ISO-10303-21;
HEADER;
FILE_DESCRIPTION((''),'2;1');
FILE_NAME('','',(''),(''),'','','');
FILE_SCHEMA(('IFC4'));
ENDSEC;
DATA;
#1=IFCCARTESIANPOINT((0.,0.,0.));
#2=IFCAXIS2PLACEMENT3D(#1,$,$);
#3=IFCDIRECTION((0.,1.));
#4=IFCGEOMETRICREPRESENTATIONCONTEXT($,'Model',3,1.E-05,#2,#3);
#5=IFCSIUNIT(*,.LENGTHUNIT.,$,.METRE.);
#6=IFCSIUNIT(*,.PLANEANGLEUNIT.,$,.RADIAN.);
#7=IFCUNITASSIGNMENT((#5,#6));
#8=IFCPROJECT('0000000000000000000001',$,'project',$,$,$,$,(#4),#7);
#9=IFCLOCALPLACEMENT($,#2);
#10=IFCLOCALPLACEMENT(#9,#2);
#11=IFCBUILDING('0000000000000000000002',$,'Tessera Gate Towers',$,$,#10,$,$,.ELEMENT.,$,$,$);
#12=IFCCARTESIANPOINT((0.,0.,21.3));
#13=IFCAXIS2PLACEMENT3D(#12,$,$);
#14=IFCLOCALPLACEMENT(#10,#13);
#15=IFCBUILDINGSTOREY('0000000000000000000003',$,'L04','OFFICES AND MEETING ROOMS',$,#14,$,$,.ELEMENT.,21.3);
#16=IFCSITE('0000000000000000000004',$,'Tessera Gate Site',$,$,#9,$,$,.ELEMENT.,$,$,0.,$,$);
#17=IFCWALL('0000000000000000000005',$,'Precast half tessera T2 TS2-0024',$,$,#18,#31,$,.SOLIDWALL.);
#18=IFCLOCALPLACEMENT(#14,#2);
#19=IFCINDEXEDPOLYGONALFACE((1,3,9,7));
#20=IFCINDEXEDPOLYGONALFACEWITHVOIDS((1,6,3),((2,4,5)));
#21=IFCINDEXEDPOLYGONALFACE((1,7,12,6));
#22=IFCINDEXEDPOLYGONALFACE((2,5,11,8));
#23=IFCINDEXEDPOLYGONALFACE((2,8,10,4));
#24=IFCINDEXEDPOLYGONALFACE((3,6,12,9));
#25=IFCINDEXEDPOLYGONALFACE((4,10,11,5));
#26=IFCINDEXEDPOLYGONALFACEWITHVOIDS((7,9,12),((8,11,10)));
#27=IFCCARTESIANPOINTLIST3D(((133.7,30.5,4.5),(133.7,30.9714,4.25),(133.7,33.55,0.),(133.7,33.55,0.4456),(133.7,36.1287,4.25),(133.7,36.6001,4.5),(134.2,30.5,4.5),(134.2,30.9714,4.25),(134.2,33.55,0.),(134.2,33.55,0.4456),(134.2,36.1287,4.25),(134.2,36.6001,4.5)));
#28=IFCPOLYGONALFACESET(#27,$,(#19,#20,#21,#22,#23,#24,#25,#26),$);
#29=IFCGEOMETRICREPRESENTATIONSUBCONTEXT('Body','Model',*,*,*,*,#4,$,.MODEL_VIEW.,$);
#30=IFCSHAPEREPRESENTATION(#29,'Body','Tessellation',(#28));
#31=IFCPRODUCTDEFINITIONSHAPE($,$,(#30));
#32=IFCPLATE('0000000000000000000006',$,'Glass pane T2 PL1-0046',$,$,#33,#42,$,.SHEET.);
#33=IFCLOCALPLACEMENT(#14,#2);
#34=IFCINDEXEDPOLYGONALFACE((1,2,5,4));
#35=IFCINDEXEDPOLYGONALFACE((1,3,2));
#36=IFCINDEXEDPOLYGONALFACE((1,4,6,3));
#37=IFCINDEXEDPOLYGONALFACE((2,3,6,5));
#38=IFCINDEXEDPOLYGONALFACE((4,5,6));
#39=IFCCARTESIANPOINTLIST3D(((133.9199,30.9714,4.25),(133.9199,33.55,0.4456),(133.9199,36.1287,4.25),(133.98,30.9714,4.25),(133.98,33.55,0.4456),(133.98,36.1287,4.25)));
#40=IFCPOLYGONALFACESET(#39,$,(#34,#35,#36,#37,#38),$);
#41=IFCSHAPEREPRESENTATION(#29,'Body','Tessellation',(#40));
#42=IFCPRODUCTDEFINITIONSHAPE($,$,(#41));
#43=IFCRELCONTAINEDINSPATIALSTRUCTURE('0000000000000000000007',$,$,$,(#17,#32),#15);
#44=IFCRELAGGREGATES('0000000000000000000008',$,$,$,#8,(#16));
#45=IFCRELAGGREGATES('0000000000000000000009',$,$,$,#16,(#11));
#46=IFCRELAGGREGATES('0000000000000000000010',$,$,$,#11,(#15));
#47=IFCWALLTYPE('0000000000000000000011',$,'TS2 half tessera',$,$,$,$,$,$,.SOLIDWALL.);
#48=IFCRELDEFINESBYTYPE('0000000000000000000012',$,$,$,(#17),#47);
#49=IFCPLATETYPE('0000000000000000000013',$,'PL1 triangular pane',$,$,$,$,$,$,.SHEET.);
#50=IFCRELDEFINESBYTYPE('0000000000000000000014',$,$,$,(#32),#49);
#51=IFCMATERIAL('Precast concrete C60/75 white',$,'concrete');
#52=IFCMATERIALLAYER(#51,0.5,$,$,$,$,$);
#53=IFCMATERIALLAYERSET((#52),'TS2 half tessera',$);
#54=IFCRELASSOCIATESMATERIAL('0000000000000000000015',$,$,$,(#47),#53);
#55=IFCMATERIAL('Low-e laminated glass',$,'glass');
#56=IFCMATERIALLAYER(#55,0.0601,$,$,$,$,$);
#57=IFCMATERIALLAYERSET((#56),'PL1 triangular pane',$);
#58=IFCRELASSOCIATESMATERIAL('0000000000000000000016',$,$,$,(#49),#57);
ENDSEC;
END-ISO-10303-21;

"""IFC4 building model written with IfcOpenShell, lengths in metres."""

from ifc_helpers import new_model, si_unit, direction, frame, origin, place, context, subcontext, project, spatial, polyline, outline, extrude, source, transform, mapped, material, layer, layer_set, type_object, element, fill, save


model = new_model("IFC4")

# Units and contexts
model_context = context("Model", 3, precision=1e-05, world=origin(), true_north=direction((0.0, 1.0)))
body_context = subcontext(model_context, "Body", "Model", "MODEL_VIEW")
ifc_project = project(units=[si_unit("LENGTHUNIT", "METRE"), si_unit("PLANEANGLEUNIT", "RADIAN")], contexts=[model_context])

# Site, building, storey
site_placement = place(None, origin())
site = spatial("IfcSite", under=ifc_project, at=site_placement, Name="Tessera Gate Site", CompositionType="ELEMENT", RefElevation=0.0)
building_placement = place(site_placement, origin())
building = spatial("IfcBuilding", under=site, at=building_placement, Name="Tessera Gate Towers", CompositionType="ELEMENT")
storey_placement = place(building_placement, frame((0.0, 0.0, 21.3)))
storey = spatial("IfcBuildingStorey", under=building, at=storey_placement, Name="L04", Description="OFFICES AND MEETING ROOMS", CompositionType="ELEMENT", Elevation=21.3)

# Wall, opening, plate
ifc_material_1 = material(Name="Precast concrete C60/75 white", Category="concrete")
ifc_layer_1 = layer(ifc_material_1, 0.5)
ifc_layer_set_1 = layer_set([ifc_layer_1], Name="TS2 half tessera")
wall_type_1 = type_object("IfcWallType", Name="TS2 half tessera", PredefinedType="SOLIDWALL", material=ifc_layer_set_1)
shared_shape_1 = source(origin(), body_context, "Body", "SweptSolid", [
    extrude(outline(polyline([(3.05, 0.0), (6.1001, 4.5), (0.0, 4.5), (3.05, 0.0)])), frame((0.0, 0.25, 0.0), z_axis=(0.0, -1.0, 0.0), x_axis=(1.0, 0.0, 0.0)), (0.0, 0.0, 1.0), 0.5),
])
wall_1_placement = place(storey_placement, frame((133.95, 30.5, 0.0), z_axis=(0.0, 0.0, 1.0), x_axis=(0.0, 1.0, 0.0)))
wall_1 = element("IfcWall", 1, at=wall_1_placement, inside=storey, type_object=wall_type_1, Name="Precast half tessera T2 TS2-0024", PredefinedType="SOLIDWALL", context=body_context, shape_type="MappedRepresentation", body=[
    mapped(shared_shape_1, transform((0.0, 0.0, 0.0), scale=1.0)),
])
shared_shape_2 = source(origin(), body_context, "Body", "SweptSolid", [
    extrude(outline(polyline([(3.05, 0.4456), (5.6287, 4.25), (0.4714, 4.25), (3.05, 0.4456)])), frame((0.0, 0.26, 0.0), z_axis=(0.0, -1.0, 0.0), x_axis=(1.0, 0.0, 0.0)), (0.0, 0.0, 1.0), 0.52),
])
opening_1_placement = place(wall_1_placement, origin())
opening_1 = element("IfcOpeningElement", 2, at=opening_1_placement, cuts=wall_1, PredefinedType="OPENING", context=body_context, shape_type="MappedRepresentation", body=[
    mapped(shared_shape_2, transform((0.0, 0.0, 0.0), scale=1.0)),
])
ifc_material_2 = material(Name="Low-e laminated glass", Category="glass")
ifc_layer_2 = layer(ifc_material_2, 0.0601)
ifc_layer_set_2 = layer_set([ifc_layer_2], Name="PL1 triangular pane")
plate_type_1 = type_object("IfcPlateType", Name="PL1 triangular pane", PredefinedType="SHEET", material=ifc_layer_set_2)
shared_shape_3 = source(origin(), body_context, "Body", "SweptSolid", [
    extrude(outline(polyline([(3.05, 0.4456), (5.6287, 4.25), (0.4714, 4.25), (3.05, 0.4456)])), frame((0.0, 0.03, 0.0), z_axis=(0.0, -1.0, 0.0), x_axis=(1.0, 0.0, 0.0)), (0.0, 0.0, 1.0), 0.0601),
])
plate_1_placement = place(opening_1_placement, origin())
plate_1 = element("IfcPlate", 3, at=plate_1_placement, inside=storey, type_object=plate_type_1, Name="Glass pane T2 PL1-0046", PredefinedType="SHEET", context=body_context, shape_type="MappedRepresentation", body=[
    mapped(shared_shape_3, transform((0.0, 0.0, 0.0), scale=1.0)),
])
fill(opening_1, plate_1)

save(model, "model.ifc")
